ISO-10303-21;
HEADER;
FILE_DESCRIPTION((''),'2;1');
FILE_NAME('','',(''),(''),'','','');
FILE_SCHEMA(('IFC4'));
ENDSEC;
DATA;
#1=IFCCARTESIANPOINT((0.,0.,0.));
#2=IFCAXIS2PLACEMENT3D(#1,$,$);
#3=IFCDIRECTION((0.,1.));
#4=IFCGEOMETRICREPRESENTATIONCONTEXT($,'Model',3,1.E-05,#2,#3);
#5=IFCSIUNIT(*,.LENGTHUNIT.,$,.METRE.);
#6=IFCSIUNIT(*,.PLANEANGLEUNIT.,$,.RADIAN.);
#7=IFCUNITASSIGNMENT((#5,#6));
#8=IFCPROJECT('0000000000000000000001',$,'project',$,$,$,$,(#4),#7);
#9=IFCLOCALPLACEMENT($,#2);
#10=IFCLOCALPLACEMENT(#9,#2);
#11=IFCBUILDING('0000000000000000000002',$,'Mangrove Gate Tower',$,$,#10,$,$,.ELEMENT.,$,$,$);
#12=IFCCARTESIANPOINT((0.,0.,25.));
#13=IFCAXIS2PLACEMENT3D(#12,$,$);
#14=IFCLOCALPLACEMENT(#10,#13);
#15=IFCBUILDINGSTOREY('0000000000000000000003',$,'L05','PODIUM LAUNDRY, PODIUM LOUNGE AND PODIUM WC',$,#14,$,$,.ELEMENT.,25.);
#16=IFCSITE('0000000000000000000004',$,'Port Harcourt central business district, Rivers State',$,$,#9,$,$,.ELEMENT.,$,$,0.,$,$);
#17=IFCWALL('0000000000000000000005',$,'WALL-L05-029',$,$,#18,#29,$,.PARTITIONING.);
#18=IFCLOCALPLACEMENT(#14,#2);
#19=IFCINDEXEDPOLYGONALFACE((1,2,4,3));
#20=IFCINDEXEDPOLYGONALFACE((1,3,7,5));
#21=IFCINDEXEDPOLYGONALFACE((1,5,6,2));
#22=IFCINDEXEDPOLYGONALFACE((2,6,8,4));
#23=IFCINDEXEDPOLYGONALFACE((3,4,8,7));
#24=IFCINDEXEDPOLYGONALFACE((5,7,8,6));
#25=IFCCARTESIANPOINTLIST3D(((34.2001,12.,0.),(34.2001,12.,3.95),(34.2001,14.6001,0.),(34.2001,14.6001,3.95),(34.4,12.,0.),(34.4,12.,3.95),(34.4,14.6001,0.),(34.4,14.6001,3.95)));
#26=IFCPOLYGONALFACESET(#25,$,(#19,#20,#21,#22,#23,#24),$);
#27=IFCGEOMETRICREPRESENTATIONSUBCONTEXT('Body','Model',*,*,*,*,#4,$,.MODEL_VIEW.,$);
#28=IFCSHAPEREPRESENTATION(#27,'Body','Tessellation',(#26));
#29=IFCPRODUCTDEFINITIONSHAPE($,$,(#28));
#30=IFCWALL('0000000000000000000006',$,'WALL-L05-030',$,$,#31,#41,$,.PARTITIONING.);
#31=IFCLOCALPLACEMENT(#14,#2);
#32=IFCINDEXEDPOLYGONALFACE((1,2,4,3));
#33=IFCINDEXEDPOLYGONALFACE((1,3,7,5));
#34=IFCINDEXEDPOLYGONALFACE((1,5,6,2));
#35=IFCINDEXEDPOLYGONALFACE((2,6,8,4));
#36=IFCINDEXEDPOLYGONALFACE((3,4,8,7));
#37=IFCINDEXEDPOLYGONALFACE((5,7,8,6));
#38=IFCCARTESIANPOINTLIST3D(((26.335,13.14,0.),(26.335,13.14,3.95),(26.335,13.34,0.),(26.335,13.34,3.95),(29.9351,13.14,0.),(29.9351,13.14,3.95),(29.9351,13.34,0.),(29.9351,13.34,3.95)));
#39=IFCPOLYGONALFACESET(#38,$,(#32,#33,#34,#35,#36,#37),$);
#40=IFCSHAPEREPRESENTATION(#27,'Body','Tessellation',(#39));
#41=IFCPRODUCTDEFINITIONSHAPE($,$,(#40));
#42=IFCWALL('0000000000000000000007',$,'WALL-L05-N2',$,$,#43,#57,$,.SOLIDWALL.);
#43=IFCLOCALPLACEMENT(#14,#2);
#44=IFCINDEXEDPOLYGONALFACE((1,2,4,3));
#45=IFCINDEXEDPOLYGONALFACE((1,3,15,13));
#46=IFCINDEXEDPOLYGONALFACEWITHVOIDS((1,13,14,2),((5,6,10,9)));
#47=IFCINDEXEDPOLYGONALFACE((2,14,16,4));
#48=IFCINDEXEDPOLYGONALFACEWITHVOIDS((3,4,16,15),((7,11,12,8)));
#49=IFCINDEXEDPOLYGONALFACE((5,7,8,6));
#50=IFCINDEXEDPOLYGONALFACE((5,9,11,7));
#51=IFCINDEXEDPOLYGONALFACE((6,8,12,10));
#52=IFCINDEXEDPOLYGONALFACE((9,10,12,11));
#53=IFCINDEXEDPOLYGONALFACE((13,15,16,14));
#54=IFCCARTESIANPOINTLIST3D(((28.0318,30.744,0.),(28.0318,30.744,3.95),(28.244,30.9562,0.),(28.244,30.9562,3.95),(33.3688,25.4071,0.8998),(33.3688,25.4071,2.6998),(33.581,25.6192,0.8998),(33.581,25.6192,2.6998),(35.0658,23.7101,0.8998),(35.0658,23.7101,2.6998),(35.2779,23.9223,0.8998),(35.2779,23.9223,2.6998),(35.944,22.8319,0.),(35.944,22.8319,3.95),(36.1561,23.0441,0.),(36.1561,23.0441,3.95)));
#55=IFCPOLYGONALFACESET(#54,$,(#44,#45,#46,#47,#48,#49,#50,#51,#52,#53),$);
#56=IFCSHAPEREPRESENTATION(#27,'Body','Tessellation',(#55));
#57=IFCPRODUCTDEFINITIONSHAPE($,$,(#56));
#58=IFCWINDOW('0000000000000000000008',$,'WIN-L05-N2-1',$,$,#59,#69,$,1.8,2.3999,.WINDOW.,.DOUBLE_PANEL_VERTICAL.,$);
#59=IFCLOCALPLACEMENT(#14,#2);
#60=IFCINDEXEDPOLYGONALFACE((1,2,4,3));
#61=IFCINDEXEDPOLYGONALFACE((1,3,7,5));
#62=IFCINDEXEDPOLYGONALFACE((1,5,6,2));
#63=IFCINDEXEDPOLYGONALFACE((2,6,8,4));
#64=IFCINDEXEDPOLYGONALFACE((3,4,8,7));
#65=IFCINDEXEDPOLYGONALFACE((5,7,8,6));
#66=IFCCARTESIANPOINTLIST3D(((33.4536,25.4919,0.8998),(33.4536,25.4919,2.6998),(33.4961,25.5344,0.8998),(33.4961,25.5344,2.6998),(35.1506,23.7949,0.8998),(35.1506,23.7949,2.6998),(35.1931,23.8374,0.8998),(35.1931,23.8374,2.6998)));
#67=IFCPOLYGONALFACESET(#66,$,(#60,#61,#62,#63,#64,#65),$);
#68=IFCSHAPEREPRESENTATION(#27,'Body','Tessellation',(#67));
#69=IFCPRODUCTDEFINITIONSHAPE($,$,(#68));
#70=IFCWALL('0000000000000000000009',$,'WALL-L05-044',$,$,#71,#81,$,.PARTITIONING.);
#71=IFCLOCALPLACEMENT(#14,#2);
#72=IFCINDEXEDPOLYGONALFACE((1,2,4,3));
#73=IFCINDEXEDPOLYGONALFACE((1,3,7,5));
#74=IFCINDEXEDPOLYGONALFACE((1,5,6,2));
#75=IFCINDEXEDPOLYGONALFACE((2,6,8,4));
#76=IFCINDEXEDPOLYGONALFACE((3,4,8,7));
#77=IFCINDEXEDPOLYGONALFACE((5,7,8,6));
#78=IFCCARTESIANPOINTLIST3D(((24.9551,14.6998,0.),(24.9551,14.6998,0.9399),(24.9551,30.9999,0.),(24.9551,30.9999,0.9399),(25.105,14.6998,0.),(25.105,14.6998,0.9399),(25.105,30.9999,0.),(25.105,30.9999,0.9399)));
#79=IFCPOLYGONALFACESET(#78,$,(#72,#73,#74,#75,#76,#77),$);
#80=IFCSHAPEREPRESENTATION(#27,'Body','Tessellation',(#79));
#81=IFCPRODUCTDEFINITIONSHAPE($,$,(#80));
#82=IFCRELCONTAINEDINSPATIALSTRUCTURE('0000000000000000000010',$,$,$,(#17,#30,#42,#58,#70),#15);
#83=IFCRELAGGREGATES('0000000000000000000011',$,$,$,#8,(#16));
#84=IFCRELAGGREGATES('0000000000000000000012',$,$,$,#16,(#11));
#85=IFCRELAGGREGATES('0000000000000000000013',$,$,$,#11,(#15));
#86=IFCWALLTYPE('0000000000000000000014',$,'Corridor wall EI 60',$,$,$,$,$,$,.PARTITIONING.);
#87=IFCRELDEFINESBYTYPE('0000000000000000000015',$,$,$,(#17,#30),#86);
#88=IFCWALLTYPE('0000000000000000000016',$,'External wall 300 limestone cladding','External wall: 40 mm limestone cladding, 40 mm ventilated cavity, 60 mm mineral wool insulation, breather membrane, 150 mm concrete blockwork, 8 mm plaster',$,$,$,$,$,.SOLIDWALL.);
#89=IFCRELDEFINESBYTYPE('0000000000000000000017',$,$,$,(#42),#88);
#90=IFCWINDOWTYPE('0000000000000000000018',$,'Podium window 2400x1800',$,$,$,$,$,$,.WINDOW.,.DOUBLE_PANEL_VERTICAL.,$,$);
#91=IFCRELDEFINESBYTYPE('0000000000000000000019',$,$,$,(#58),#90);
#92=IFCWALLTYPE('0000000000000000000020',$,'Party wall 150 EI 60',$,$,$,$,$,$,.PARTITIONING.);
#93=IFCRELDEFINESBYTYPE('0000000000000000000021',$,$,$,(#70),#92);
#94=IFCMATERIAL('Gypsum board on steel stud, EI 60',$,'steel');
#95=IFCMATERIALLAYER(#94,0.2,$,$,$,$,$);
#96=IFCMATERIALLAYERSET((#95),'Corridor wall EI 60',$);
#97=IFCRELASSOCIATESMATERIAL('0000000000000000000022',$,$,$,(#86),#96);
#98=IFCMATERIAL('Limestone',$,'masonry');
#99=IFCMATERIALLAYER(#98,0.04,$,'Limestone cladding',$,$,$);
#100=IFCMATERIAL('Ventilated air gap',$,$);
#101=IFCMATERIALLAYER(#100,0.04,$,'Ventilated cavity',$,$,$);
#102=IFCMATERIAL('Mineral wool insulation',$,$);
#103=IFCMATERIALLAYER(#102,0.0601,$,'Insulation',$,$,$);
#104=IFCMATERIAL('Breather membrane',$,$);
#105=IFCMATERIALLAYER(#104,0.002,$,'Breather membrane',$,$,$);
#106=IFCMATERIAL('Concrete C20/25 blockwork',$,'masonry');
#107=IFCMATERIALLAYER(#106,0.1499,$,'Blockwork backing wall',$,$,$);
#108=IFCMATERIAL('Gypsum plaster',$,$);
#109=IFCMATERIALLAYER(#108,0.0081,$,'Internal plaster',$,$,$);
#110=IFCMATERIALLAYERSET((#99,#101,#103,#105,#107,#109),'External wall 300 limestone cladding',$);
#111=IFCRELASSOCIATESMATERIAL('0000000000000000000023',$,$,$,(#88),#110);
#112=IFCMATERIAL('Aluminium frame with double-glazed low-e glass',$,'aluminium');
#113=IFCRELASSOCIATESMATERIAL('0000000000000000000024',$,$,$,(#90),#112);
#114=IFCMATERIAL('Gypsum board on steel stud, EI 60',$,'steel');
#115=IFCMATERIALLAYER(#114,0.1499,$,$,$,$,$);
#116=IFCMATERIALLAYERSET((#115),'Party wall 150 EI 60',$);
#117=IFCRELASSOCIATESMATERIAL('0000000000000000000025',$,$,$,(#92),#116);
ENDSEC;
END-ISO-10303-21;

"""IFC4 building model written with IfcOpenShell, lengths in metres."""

from ifc_helpers import new_model, si_unit, direction, frame, frame_2d, origin, place, context, subcontext, project, spatial, rectangle, extrude, material, layer, layer_set, type_object, element, fill, save


model = new_model("IFC4")

# Units and contexts
model_context = context("Model", 3, precision=1e-05, world=origin(), true_north=direction((0.0, 1.0)))
body_context = subcontext(model_context, "Body", "Model", "MODEL_VIEW")
ifc_project = project(units=[si_unit("LENGTHUNIT", "METRE"), si_unit("PLANEANGLEUNIT", "RADIAN")], contexts=[model_context])

# Site, building, storey
site_placement = place(None, origin())
site = spatial("IfcSite", under=ifc_project, at=site_placement, Name="Port Harcourt central business district, Rivers State", CompositionType="ELEMENT", RefElevation=0.0)
building_placement = place(site_placement, origin())
building = spatial("IfcBuilding", under=site, at=building_placement, Name="Mangrove Gate Tower", CompositionType="ELEMENT")
storey_placement = place(building_placement, frame((0.0, 0.0, 25.0)))
storey = spatial("IfcBuildingStorey", under=building, at=storey_placement, Name="L05", Description="PODIUM LAUNDRY, PODIUM LOUNGE AND PODIUM WC", CompositionType="ELEMENT", Elevation=25.0)

# Walls
ifc_material_1 = material(Name="Gypsum board on steel stud, EI 60", Category="steel")
ifc_layer_1 = layer(ifc_material_1, 0.2)
ifc_layer_set_1 = layer_set([ifc_layer_1], Name="Corridor wall EI 60")
wall_type_1 = type_object("IfcWallType", Name="Corridor wall EI 60", PredefinedType="PARTITIONING", material=ifc_layer_set_1)
wall_1_placement = place(storey_placement, frame((34.3, 12.0, 0.0), z_axis=(0.0, 0.0, 1.0), x_axis=(0.0, 1.0, 0.0)))
element("IfcWall", 1, at=wall_1_placement, inside=storey, type_object=wall_type_1, Name="WALL-L05-029", PredefinedType="PARTITIONING", context=body_context, shape_type="SweptSolid", body=[
    extrude(rectangle(XDim=2.6001, YDim=0.2, at=frame_2d((1.3, 0.0))), origin(), (0.0, 0.0, 1.0), 3.95),
])
wall_2_placement = place(storey_placement, frame((26.335, 13.24, 0.0), z_axis=(0.0, 0.0, 1.0), x_axis=(1.0, 0.0, 0.0)))
element("IfcWall", 2, at=wall_2_placement, inside=storey, type_object=wall_type_1, Name="WALL-L05-030", PredefinedType="PARTITIONING", context=body_context, shape_type="SweptSolid", body=[
    extrude(rectangle(XDim=3.6001, YDim=0.2, at=frame_2d((1.8, 0.0))), origin(), (0.0, 0.0, 1.0), 3.95),
])

# Wall, opening, window
ifc_material_2 = material(Name="Limestone", Category="masonry")
ifc_layer_2 = layer(ifc_material_2, 0.04, Name="Limestone cladding")
ifc_material_3 = material(Name="Ventilated air gap")
ifc_layer_3 = layer(ifc_material_3, 0.04, Name="Ventilated cavity")
ifc_material_4 = material(Name="Mineral wool insulation")
ifc_layer_4 = layer(ifc_material_4, 0.0601, Name="Insulation")
ifc_material_5 = material(Name="Breather membrane")
ifc_layer_5 = layer(ifc_material_5, 0.002, Name="Breather membrane")
ifc_material_6 = material(Name="Concrete C20/25 blockwork", Category="masonry")
ifc_layer_6 = layer(ifc_material_6, 0.1499, Name="Blockwork backing wall")
ifc_material_7 = material(Name="Gypsum plaster")
ifc_layer_7 = layer(ifc_material_7, 0.0081, Name="Internal plaster")
ifc_layer_set_2 = layer_set([ifc_layer_2, ifc_layer_3, ifc_layer_4, ifc_layer_5, ifc_layer_6, ifc_layer_7], Name="External wall 300 limestone cladding")
wall_type_2 = type_object("IfcWallType", Name="External wall 300 limestone cladding", Description="External wall: 40 mm limestone cladding, 40 mm ventilated cavity, 60 mm mineral wool insulation, breather membrane, 150 mm concrete blockwork, 8 mm plaster", PredefinedType="SOLIDWALL", material=ifc_layer_set_2)
wall_3_placement = place(storey_placement, frame((36.05, 22.938, 0.0), z_axis=(0.0, 0.0, 1.0), x_axis=(-0.707107, 0.707107, 0.0)))
wall_3 = element("IfcWall", 3, at=wall_3_placement, inside=storey, type_object=wall_type_2, Name="WALL-L05-N2", PredefinedType="SOLIDWALL", context=body_context, shape_type="SweptSolid", body=[
    extrude(rectangle(XDim=11.1895, YDim=0.3, at=frame_2d((5.5947, 0.0))), origin(), (0.0, 0.0, 1.0), 3.95),
])
opening_placement = place(wall_3_placement, frame((1.2419, 0.0, 0.8999)))
opening = element("IfcOpeningElement", 4, at=opening_placement, cuts=wall_3, PredefinedType="OPENING", context=body_context, shape_type="SweptSolid", body=[
    extrude(rectangle(XDim=2.3999, YDim=1.8, at=frame_2d((1.2, 0.8999))), frame((0.0, 0.1599, 0.0), z_axis=(0.0, -1.0, 0.0), x_axis=(1.0, 0.0, 0.0)), (0.0, 0.0, 1.0), 0.3201),
])
ifc_material_8 = material(Name="Aluminium frame with double-glazed low-e glass", Category="aluminium")
window_type = type_object("IfcWindowType", Name="Podium window 2400x1800", PartitioningType="DOUBLE_PANEL_VERTICAL", PredefinedType="WINDOW", material=ifc_material_8)
window_placement = place(opening_placement, origin())
window = element("IfcWindow", 5, at=window_placement, inside=storey, type_object=window_type, Name="WIN-L05-N2-1", OverallHeight=1.8, OverallWidth=2.3999, PartitioningType="DOUBLE_PANEL_VERTICAL", PredefinedType="WINDOW", context=body_context, shape_type="SweptSolid", body=[
    extrude(rectangle(XDim=2.3999, YDim=1.8, at=frame_2d((1.2, 0.8999))), frame((0.0, 0.03, 0.0), z_axis=(0.0, -1.0, 0.0), x_axis=(1.0, 0.0, 0.0)), (0.0, 0.0, 1.0), 0.0601),
])
fill(opening, window)

# Wall
ifc_material_9 = material(Name="Gypsum board on steel stud, EI 60", Category="steel")
ifc_layer_8 = layer(ifc_material_9, 0.1499)
ifc_layer_set_3 = layer_set([ifc_layer_8], Name="Party wall 150 EI 60")
wall_type_3 = type_object("IfcWallType", Name="Party wall 150 EI 60", PredefinedType="PARTITIONING", material=ifc_layer_set_3)
wall_4_placement = place(storey_placement, frame((25.03, 14.7, 0.0), z_axis=(0.0, 0.0, 1.0), x_axis=(0.0, 1.0, 0.0)))
element("IfcWall", 6, at=wall_4_placement, inside=storey, type_object=wall_type_3, Name="WALL-L05-044", PredefinedType="PARTITIONING", context=body_context, shape_type="SweptSolid", body=[
    extrude(rectangle(XDim=16.3, YDim=0.1499, at=frame_2d((8.1499, 0.0))), origin(), (0.0, 0.0, 1.0), 0.9399),
])

save(model, "model.ifc")
